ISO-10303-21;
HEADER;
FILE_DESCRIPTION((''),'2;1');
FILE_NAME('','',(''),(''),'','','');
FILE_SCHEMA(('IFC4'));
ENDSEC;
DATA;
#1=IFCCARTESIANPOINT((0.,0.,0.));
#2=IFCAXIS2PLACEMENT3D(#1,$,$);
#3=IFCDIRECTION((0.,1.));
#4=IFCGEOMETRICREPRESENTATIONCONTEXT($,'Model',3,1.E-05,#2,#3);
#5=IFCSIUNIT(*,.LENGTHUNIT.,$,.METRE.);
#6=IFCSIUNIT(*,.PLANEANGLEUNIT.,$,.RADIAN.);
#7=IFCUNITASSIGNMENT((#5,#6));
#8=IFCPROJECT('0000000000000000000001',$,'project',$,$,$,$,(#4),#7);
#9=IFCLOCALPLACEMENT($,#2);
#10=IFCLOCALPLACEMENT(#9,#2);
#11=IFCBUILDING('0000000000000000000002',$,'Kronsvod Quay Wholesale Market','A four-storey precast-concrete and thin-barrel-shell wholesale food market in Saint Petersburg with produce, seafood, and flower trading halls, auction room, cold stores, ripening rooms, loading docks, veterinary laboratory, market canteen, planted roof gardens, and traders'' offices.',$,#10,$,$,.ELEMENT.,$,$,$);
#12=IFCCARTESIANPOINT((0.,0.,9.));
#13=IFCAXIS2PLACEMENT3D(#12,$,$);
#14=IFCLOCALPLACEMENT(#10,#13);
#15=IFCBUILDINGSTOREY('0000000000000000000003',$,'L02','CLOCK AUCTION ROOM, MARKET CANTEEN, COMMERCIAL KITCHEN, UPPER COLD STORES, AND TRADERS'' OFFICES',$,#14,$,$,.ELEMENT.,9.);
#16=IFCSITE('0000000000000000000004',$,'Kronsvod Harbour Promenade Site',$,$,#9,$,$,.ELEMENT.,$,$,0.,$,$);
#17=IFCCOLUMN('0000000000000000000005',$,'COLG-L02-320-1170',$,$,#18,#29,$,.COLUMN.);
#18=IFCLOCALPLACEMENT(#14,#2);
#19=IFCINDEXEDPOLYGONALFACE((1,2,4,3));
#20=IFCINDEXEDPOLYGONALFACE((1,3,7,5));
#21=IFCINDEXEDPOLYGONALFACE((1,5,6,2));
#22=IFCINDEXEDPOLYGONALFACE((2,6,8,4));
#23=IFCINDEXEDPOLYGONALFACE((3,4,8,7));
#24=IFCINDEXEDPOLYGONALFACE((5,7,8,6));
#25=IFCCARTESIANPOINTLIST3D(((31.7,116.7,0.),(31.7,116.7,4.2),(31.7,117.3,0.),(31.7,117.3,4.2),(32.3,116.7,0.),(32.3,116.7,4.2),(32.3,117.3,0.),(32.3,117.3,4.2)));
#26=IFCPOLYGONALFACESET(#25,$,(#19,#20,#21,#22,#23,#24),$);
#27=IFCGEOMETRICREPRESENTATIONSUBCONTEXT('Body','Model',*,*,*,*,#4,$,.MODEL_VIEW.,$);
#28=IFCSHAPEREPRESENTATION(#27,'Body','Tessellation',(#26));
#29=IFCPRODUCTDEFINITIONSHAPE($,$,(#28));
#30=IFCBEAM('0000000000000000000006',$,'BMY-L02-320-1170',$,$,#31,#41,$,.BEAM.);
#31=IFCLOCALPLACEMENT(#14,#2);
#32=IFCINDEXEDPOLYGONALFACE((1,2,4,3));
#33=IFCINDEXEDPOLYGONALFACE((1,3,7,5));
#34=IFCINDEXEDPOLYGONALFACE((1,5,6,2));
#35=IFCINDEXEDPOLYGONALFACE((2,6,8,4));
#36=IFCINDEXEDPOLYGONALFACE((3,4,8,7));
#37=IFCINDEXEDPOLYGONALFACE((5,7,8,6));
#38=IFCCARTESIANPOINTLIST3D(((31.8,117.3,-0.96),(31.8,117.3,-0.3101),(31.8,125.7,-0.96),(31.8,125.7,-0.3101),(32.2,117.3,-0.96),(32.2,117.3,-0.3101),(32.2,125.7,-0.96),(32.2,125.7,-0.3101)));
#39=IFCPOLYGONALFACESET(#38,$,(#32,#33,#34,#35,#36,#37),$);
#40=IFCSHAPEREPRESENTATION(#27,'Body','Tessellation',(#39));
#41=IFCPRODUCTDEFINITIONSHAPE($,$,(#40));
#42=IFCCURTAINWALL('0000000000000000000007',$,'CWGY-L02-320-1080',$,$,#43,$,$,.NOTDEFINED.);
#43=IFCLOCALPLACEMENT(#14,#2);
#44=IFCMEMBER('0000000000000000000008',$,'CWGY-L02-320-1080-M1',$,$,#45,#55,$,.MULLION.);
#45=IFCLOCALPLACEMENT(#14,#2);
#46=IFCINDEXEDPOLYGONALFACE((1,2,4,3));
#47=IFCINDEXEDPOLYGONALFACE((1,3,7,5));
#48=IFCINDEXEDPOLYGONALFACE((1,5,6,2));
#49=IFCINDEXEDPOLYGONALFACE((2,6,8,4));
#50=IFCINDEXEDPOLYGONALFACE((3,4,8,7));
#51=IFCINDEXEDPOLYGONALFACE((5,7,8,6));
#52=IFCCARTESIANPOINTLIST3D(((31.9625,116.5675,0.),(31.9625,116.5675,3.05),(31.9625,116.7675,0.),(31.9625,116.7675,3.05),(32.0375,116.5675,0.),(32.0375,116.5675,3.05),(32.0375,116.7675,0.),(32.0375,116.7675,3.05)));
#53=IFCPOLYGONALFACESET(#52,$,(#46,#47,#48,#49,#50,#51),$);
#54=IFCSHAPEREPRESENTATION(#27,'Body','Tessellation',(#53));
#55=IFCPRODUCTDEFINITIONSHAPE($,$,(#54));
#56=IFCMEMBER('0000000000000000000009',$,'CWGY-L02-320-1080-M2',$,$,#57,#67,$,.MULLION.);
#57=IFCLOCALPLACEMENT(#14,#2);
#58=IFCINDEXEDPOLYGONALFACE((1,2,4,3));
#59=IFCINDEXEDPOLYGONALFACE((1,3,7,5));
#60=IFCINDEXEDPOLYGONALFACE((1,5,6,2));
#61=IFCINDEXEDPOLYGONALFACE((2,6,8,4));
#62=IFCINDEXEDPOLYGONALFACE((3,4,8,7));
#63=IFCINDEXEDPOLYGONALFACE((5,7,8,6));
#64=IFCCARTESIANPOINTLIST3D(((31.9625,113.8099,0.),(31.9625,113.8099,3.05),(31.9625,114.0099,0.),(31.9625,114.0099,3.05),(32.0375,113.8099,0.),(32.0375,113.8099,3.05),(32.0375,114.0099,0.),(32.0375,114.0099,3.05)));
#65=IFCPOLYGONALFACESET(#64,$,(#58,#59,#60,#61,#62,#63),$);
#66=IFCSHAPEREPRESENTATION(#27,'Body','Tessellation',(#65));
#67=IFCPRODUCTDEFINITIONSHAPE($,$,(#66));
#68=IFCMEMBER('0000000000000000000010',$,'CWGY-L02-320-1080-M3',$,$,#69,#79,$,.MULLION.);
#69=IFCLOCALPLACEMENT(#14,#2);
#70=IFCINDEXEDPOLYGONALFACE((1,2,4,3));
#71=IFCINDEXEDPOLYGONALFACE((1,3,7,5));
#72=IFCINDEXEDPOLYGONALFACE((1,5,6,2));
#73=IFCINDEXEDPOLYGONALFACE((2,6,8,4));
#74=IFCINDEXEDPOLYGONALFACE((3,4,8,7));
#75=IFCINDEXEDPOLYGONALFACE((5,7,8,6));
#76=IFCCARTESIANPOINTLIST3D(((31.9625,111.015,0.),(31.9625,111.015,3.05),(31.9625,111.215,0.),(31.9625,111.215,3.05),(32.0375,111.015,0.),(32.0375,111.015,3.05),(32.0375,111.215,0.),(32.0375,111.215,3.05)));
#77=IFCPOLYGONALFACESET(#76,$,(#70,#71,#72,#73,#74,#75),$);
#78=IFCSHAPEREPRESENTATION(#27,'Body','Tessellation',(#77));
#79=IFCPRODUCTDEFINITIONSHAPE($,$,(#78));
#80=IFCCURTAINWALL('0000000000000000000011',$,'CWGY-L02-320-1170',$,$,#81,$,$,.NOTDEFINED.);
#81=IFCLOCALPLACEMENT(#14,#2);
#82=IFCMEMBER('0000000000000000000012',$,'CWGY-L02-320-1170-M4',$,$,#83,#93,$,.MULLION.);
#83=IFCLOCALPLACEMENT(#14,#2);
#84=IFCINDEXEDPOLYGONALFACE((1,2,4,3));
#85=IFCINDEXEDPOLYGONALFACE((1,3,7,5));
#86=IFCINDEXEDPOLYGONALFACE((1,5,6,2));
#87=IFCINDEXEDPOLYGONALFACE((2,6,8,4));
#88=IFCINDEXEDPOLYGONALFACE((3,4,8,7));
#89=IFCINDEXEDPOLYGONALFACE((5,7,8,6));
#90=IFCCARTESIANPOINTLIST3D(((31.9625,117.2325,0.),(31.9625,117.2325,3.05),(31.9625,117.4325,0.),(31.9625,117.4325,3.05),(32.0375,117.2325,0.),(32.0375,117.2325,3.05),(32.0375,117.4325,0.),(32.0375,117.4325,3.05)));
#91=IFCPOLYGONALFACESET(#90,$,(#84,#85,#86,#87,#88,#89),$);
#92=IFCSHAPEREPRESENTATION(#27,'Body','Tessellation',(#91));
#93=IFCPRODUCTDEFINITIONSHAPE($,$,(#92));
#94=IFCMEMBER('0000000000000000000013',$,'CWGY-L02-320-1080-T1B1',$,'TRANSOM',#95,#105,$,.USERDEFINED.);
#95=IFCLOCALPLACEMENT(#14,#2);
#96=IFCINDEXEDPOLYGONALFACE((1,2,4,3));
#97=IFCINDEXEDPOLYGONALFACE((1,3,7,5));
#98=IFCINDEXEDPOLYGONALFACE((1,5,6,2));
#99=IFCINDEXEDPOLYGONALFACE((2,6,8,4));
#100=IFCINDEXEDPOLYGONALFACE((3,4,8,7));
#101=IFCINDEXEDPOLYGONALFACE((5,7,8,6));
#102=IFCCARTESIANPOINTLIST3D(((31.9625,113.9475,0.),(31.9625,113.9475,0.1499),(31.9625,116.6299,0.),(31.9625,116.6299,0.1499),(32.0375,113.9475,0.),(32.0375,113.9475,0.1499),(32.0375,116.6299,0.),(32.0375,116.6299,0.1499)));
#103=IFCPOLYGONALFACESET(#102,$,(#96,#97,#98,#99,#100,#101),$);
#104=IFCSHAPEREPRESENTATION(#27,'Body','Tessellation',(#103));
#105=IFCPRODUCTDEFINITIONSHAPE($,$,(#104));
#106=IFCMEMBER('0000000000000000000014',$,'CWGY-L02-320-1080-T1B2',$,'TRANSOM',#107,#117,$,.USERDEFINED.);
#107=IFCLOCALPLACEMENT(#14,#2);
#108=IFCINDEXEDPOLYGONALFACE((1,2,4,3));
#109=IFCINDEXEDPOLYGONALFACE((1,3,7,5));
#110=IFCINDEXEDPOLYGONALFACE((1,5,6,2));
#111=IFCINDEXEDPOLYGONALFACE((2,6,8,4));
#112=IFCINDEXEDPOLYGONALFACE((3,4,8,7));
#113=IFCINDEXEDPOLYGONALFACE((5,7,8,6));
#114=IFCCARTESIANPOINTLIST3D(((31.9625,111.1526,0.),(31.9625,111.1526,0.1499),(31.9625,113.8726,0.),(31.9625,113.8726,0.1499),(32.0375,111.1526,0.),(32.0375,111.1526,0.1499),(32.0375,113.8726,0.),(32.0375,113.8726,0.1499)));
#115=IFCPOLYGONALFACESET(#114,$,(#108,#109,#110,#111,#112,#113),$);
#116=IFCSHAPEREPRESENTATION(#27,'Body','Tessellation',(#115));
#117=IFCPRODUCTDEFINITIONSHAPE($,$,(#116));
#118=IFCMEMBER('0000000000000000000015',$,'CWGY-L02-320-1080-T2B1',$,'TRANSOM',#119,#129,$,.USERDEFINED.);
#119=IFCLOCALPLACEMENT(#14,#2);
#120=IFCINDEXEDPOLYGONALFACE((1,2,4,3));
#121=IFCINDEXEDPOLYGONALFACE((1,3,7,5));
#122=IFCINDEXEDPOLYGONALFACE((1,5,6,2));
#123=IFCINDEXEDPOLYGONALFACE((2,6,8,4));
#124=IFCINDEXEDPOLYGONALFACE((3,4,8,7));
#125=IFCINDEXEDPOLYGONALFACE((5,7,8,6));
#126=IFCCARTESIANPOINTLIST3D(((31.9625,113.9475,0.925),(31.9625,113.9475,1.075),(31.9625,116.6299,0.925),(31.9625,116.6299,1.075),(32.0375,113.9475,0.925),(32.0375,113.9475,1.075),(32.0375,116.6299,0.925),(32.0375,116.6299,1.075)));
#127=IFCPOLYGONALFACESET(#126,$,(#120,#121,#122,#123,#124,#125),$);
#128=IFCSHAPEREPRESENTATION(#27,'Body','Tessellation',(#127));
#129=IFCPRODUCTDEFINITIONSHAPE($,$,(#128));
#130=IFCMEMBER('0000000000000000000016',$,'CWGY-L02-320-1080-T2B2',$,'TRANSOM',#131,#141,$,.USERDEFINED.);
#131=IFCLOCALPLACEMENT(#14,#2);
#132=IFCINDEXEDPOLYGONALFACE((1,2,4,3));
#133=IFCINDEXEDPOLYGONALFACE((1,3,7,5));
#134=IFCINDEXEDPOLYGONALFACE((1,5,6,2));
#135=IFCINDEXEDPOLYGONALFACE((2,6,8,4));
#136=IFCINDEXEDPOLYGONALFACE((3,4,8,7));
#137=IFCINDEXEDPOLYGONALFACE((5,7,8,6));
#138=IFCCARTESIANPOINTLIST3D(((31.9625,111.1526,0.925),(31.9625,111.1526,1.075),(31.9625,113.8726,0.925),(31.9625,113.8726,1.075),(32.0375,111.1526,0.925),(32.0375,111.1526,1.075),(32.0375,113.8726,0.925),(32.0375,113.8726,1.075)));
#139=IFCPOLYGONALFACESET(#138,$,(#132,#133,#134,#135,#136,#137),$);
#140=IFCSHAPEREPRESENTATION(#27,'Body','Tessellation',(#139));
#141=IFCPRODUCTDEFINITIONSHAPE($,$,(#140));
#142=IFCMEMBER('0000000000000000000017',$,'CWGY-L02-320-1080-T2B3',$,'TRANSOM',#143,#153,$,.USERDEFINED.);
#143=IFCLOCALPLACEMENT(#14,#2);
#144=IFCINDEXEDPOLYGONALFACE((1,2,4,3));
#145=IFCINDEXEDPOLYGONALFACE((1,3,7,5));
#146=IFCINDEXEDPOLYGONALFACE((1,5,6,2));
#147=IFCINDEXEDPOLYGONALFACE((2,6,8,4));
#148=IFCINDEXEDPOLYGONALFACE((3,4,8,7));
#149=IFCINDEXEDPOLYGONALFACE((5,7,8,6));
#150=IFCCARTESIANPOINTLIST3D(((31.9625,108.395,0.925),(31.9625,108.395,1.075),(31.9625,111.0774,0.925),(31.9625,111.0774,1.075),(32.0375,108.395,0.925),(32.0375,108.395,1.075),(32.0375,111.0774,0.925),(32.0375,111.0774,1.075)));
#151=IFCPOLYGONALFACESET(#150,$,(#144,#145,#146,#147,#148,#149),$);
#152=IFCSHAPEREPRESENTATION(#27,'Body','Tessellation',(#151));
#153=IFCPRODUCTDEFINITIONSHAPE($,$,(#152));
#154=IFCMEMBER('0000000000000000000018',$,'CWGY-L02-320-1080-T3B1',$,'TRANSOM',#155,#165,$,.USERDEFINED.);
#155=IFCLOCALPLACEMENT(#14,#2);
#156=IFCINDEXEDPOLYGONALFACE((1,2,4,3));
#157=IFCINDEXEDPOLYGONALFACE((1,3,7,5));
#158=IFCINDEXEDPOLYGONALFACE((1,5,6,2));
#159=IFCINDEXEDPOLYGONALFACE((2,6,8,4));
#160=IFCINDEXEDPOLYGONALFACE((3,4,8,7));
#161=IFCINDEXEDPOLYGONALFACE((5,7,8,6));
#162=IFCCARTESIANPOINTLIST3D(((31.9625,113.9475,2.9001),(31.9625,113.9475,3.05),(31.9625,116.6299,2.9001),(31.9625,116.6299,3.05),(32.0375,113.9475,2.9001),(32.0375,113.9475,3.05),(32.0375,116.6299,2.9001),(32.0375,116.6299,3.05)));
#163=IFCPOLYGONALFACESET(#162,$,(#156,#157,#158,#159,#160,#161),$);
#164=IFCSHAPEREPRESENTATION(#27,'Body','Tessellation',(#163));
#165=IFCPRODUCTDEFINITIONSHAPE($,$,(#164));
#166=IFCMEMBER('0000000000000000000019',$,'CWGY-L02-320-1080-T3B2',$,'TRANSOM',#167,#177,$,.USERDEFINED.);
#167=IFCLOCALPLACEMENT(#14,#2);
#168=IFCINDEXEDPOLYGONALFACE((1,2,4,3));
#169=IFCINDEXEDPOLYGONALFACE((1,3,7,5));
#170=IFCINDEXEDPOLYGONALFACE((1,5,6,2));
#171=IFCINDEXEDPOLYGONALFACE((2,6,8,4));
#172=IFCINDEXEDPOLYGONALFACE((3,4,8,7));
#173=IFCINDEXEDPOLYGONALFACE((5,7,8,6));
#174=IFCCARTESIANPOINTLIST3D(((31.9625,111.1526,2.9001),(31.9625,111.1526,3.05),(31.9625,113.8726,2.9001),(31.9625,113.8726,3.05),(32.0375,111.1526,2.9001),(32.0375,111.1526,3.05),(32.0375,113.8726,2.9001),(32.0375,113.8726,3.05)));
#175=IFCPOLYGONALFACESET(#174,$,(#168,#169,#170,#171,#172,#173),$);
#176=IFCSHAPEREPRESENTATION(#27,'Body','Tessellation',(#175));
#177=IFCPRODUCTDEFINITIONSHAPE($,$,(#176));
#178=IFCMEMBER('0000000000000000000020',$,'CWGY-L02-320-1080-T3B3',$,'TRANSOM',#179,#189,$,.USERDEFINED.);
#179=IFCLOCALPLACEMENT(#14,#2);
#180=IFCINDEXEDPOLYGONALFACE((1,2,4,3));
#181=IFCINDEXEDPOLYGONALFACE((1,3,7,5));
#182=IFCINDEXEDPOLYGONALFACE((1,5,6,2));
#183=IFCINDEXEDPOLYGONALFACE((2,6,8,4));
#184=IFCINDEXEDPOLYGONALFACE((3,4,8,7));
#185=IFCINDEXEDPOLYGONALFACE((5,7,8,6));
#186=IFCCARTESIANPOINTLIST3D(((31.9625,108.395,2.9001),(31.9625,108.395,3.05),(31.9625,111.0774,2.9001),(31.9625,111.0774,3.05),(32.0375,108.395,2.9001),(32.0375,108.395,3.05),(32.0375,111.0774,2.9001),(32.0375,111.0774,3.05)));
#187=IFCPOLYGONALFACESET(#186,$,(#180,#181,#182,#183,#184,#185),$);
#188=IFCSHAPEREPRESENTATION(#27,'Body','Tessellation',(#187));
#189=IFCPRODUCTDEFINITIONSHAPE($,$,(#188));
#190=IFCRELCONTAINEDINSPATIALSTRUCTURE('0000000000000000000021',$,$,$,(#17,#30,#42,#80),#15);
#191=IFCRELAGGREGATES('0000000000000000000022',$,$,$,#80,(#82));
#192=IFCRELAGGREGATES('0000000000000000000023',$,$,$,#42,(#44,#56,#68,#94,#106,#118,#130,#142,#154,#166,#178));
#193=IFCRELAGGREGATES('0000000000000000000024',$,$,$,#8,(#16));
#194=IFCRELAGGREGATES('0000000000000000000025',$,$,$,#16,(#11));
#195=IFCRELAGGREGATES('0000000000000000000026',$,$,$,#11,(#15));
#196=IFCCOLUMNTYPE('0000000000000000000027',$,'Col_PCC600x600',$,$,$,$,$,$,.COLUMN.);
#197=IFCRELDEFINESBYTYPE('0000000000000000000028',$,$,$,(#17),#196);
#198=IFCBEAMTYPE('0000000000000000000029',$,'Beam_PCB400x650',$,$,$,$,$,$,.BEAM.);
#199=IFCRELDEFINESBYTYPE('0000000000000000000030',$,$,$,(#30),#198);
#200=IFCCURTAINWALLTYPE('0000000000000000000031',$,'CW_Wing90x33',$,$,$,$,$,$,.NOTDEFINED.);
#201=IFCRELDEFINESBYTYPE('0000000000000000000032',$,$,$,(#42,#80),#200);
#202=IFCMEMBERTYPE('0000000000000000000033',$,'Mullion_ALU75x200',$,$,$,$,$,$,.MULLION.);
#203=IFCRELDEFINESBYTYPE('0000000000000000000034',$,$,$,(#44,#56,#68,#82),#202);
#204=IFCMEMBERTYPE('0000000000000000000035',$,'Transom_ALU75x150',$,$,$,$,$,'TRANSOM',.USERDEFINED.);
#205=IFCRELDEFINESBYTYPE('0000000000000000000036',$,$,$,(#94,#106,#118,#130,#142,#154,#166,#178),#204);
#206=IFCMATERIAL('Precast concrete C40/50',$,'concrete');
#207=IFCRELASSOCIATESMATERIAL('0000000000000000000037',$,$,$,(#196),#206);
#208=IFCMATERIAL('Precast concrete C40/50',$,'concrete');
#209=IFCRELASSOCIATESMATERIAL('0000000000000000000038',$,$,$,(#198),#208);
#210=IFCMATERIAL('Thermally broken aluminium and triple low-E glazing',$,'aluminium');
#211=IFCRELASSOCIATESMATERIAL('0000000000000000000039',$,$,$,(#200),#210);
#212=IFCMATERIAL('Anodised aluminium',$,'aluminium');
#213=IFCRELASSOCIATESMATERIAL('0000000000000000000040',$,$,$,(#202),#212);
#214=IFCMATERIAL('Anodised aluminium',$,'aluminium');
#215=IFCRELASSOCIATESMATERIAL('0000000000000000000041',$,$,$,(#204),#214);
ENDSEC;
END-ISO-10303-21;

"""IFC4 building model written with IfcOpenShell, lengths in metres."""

from ifc_helpers import new_model, si_unit, direction, frame, origin, origin_2d, place, context, subcontext, project, spatial, rectangle, extrude, material, material_profile, profile_set, type_object, element, aggregate, save


model = new_model("IFC4")

# Units and contexts
model_context = context("Model", 3, precision=1e-05, world=origin(), true_north=direction((0.0, 1.0)))
body_context = subcontext(model_context, "Body", "Model", "MODEL_VIEW")
ifc_project = project(units=[si_unit("LENGTHUNIT", "METRE"), si_unit("PLANEANGLEUNIT", "RADIAN")], contexts=[model_context])

# Site, building, storey
site_placement = place(None, origin())
site = spatial("IfcSite", under=ifc_project, at=site_placement, Name="Kronsvod Harbour Promenade Site", CompositionType="ELEMENT", RefElevation=0.0)
building_placement = place(site_placement, origin())
building = spatial("IfcBuilding", under=site, at=building_placement, Name="Kronsvod Quay Wholesale Market", Description="A four-storey precast-concrete and thin-barrel-shell wholesale food market in Saint Petersburg with produce, seafood, and flower trading halls, auction room, cold stores, ripening rooms, loading docks, veterinary laboratory, market canteen, planted roof gardens, and traders' offices.", CompositionType="ELEMENT")
storey_placement = place(building_placement, frame((0.0, 0.0, 9.0)))
storey = spatial("IfcBuildingStorey", under=building, at=storey_placement, Name="L02", Description="CLOCK AUCTION ROOM, MARKET CANTEEN, COMMERCIAL KITCHEN, UPPER COLD STORES, AND TRADERS' OFFICES", CompositionType="ELEMENT", Elevation=9.0)

# Column
ifc_material_1 = material(Name="Precast concrete C40/50", Category="concrete")
ifc_material_profile_1 = material_profile(ifc_material_1, rectangle(XDim=0.6001, YDim=0.6001, at=origin_2d()), Name="PCC600x600")
ifc_profile_set_1 = profile_set([ifc_material_profile_1], Name="Precast concrete C40/50")
column_type = type_object("IfcColumnType", Name="Col_PCC600x600", PredefinedType="COLUMN", material=ifc_profile_set_1)
column_placement = place(storey_placement, frame((32.0, 117.0, 0.0), z_axis=(0.0, 0.0, 1.0), x_axis=(1.0, 0.0, 0.0)))
element("IfcColumn", 1, at=column_placement, inside=storey, type_object=column_type, Name="COLG-L02-320-1170", PredefinedType="COLUMN", context=body_context, shape_type="SweptSolid", body=[
    extrude(rectangle(XDim=0.6001, YDim=0.6001, at=origin_2d()), origin(), (0.0, 0.0, 1.0), 4.2),
])

# Beam
ifc_material_2 = material(Name="Precast concrete C40/50", Category="concrete")
ifc_material_profile_2 = material_profile(ifc_material_2, rectangle(XDim=0.3999, YDim=0.6499, at=origin_2d()), Name="PCB400x650")
ifc_profile_set_2 = profile_set([ifc_material_profile_2], Name="Precast concrete C40/50")
beam_type = type_object("IfcBeamType", Name="Beam_PCB400x650", PredefinedType="BEAM", material=ifc_profile_set_2)
beam_placement = place(storey_placement, frame((32.0, 117.3, -0.635), z_axis=(0.0, 1.0, 0.0), x_axis=(-1.0, 0.0, 0.0)))
element("IfcBeam", 2, at=beam_placement, inside=storey, type_object=beam_type, Name="BMY-L02-320-1170", PredefinedType="BEAM", context=body_context, shape_type="SweptSolid", body=[
    extrude(rectangle(XDim=0.3999, YDim=0.6499, at=origin_2d()), origin(), (0.0, 0.0, 1.0), 8.3999),
])

# Curtain wall, members
ifc_material_3 = material(Name="Thermally broken aluminium and triple low-E glazing", Category="aluminium")
curtain_wall_type = type_object("IfcCurtainWallType", Name="CW_Wing90x33", PredefinedType="NOTDEFINED", material=ifc_material_3)
curtain_wall_1_placement = place(storey_placement, origin())
curtain_wall_1 = element("IfcCurtainWall", 3, at=curtain_wall_1_placement, inside=storey, type_object=curtain_wall_type, Name="CWGY-L02-320-1080", PredefinedType="NOTDEFINED")
ifc_material_4 = material(Name="Anodised aluminium", Category="aluminium")
ifc_material_profile_3 = material_profile(ifc_material_4, rectangle(XDim=0.075, YDim=0.2, at=origin_2d()), Name="ALUM75x200")
ifc_profile_set_3 = profile_set([ifc_material_profile_3], Name="Anodised aluminium")
member_type_1 = type_object("IfcMemberType", Name="Mullion_ALU75x200", PredefinedType="MULLION", material=ifc_profile_set_3)
member_1_placement = place(storey_placement, frame((32.0, 116.6675, 0.0), z_axis=(0.0, 0.0, 1.0), x_axis=(1.0, 0.0, 0.0)))
member_1 = element("IfcMember", 4, at=member_1_placement, type_object=member_type_1, Name="CWGY-L02-320-1080-M1", PredefinedType="MULLION", context=body_context, shape_type="SweptSolid", body=[
    extrude(rectangle(XDim=0.075, YDim=0.2, at=origin_2d()), origin(), (0.0, 0.0, 1.0), 3.05),
])
member_2_placement = place(storey_placement, frame((32.0, 113.9099, 0.0), z_axis=(0.0, 0.0, 1.0), x_axis=(1.0, 0.0, 0.0)))
member_2 = element("IfcMember", 5, at=member_2_placement, type_object=member_type_1, Name="CWGY-L02-320-1080-M2", PredefinedType="MULLION", context=body_context, shape_type="SweptSolid", body=[
    extrude(rectangle(XDim=0.075, YDim=0.2, at=origin_2d()), origin(), (0.0, 0.0, 1.0), 3.05),
])
member_3_placement = place(storey_placement, frame((32.0, 111.115, 0.0), z_axis=(0.0, 0.0, 1.0), x_axis=(1.0, 0.0, 0.0)))
member_3 = element("IfcMember", 6, at=member_3_placement, type_object=member_type_1, Name="CWGY-L02-320-1080-M3", PredefinedType="MULLION", context=body_context, shape_type="SweptSolid", body=[
    extrude(rectangle(XDim=0.075, YDim=0.2, at=origin_2d()), origin(), (0.0, 0.0, 1.0), 3.05),
])

# Curtain wall, member
curtain_wall_2_placement = place(storey_placement, origin())
curtain_wall_2 = element("IfcCurtainWall", 7, at=curtain_wall_2_placement, inside=storey, type_object=curtain_wall_type, Name="CWGY-L02-320-1170", PredefinedType="NOTDEFINED")
member_4_placement = place(storey_placement, frame((32.0, 117.3325, 0.0), z_axis=(0.0, 0.0, 1.0), x_axis=(1.0, 0.0, 0.0)))
member_4 = element("IfcMember", 8, at=member_4_placement, type_object=member_type_1, Name="CWGY-L02-320-1170-M4", PredefinedType="MULLION", context=body_context, shape_type="SweptSolid", body=[
    extrude(rectangle(XDim=0.075, YDim=0.2, at=origin_2d()), origin(), (0.0, 0.0, 1.0), 3.05),
])

# Members
ifc_material_5 = material(Name="Anodised aluminium", Category="aluminium")
ifc_material_profile_4 = material_profile(ifc_material_5, rectangle(XDim=0.075, YDim=0.1499, at=origin_2d()), Name="ALUT75x150")
ifc_profile_set_4 = profile_set([ifc_material_profile_4], Name="Anodised aluminium")
member_type_2 = type_object("IfcMemberType", Name="Transom_ALU75x150", ElementType="TRANSOM", PredefinedType="USERDEFINED", material=ifc_profile_set_4)
member_5_placement = place(storey_placement, frame((32.0, 116.6299, 0.075), z_axis=(0.0, -1.0, 0.0), x_axis=(1.0, 0.0, 0.0)))
member_5 = element("IfcMember", 9, at=member_5_placement, type_object=member_type_2, Name="CWGY-L02-320-1080-T1B1", ObjectType="TRANSOM", PredefinedType="USERDEFINED", context=body_context, shape_type="SweptSolid", body=[
    extrude(rectangle(XDim=0.075, YDim=0.1499, at=origin_2d()), origin(), (0.0, 0.0, 1.0), 2.6824),
])
member_6_placement = place(storey_placement, frame((32.0, 113.8726, 0.075), z_axis=(0.0, -1.0, 0.0), x_axis=(1.0, 0.0, 0.0)))
member_6 = element("IfcMember", 10, at=member_6_placement, type_object=member_type_2, Name="CWGY-L02-320-1080-T1B2", ObjectType="TRANSOM", PredefinedType="USERDEFINED", context=body_context, shape_type="SweptSolid", body=[
    extrude(rectangle(XDim=0.075, YDim=0.1499, at=origin_2d()), origin(), (0.0, 0.0, 1.0), 2.72),
])
member_7_placement = place(storey_placement, frame((32.0, 116.6299, 1.0), z_axis=(0.0, -1.0, 0.0), x_axis=(1.0, 0.0, 0.0)))
member_7 = element("IfcMember", 11, at=member_7_placement, type_object=member_type_2, Name="CWGY-L02-320-1080-T2B1", ObjectType="TRANSOM", PredefinedType="USERDEFINED", context=body_context, shape_type="SweptSolid", body=[
    extrude(rectangle(XDim=0.075, YDim=0.1499, at=origin_2d()), origin(), (0.0, 0.0, 1.0), 2.6824),
])
member_8_placement = place(storey_placement, frame((32.0, 113.8726, 1.0), z_axis=(0.0, -1.0, 0.0), x_axis=(1.0, 0.0, 0.0)))
member_8 = element("IfcMember", 12, at=member_8_placement, type_object=member_type_2, Name="CWGY-L02-320-1080-T2B2", ObjectType="TRANSOM", PredefinedType="USERDEFINED", context=body_context, shape_type="SweptSolid", body=[
    extrude(rectangle(XDim=0.075, YDim=0.1499, at=origin_2d()), origin(), (0.0, 0.0, 1.0), 2.72),
])
member_9_placement = place(storey_placement, frame((32.0, 111.0774, 1.0), z_axis=(0.0, -1.0, 0.0), x_axis=(1.0, 0.0, 0.0)))
member_9 = element("IfcMember", 13, at=member_9_placement, type_object=member_type_2, Name="CWGY-L02-320-1080-T2B3", ObjectType="TRANSOM", PredefinedType="USERDEFINED", context=body_context, shape_type="SweptSolid", body=[
    extrude(rectangle(XDim=0.075, YDim=0.1499, at=origin_2d()), origin(), (0.0, 0.0, 1.0), 2.6824),
])
member_10_placement = place(storey_placement, frame((32.0, 116.6299, 2.9751), z_axis=(0.0, -1.0, 0.0), x_axis=(1.0, 0.0, 0.0)))
member_10 = element("IfcMember", 14, at=member_10_placement, type_object=member_type_2, Name="CWGY-L02-320-1080-T3B1", ObjectType="TRANSOM", PredefinedType="USERDEFINED", context=body_context, shape_type="SweptSolid", body=[
    extrude(rectangle(XDim=0.075, YDim=0.1499, at=origin_2d()), origin(), (0.0, 0.0, 1.0), 2.6824),
])
member_11_placement = place(storey_placement, frame((32.0, 113.8726, 2.9751), z_axis=(0.0, -1.0, 0.0), x_axis=(1.0, 0.0, 0.0)))
member_11 = element("IfcMember", 15, at=member_11_placement, type_object=member_type_2, Name="CWGY-L02-320-1080-T3B2", ObjectType="TRANSOM", PredefinedType="USERDEFINED", context=body_context, shape_type="SweptSolid", body=[
    extrude(rectangle(XDim=0.075, YDim=0.1499, at=origin_2d()), origin(), (0.0, 0.0, 1.0), 2.72),
])
member_12_placement = place(storey_placement, frame((32.0, 111.0774, 2.9751), z_axis=(0.0, -1.0, 0.0), x_axis=(1.0, 0.0, 0.0)))
member_12 = element("IfcMember", 16, at=member_12_placement, type_object=member_type_2, Name="CWGY-L02-320-1080-T3B3", ObjectType="TRANSOM", PredefinedType="USERDEFINED", context=body_context, shape_type="SweptSolid", body=[
    extrude(rectangle(XDim=0.075, YDim=0.1499, at=origin_2d()), origin(), (0.0, 0.0, 1.0), 2.6824),
])

aggregate(curtain_wall_2, [member_4])
aggregate(curtain_wall_1, [member_1, member_2, member_3, member_5, member_6, member_7, member_8, member_9, member_10, member_11, member_12])

save(model, "model.ifc")
